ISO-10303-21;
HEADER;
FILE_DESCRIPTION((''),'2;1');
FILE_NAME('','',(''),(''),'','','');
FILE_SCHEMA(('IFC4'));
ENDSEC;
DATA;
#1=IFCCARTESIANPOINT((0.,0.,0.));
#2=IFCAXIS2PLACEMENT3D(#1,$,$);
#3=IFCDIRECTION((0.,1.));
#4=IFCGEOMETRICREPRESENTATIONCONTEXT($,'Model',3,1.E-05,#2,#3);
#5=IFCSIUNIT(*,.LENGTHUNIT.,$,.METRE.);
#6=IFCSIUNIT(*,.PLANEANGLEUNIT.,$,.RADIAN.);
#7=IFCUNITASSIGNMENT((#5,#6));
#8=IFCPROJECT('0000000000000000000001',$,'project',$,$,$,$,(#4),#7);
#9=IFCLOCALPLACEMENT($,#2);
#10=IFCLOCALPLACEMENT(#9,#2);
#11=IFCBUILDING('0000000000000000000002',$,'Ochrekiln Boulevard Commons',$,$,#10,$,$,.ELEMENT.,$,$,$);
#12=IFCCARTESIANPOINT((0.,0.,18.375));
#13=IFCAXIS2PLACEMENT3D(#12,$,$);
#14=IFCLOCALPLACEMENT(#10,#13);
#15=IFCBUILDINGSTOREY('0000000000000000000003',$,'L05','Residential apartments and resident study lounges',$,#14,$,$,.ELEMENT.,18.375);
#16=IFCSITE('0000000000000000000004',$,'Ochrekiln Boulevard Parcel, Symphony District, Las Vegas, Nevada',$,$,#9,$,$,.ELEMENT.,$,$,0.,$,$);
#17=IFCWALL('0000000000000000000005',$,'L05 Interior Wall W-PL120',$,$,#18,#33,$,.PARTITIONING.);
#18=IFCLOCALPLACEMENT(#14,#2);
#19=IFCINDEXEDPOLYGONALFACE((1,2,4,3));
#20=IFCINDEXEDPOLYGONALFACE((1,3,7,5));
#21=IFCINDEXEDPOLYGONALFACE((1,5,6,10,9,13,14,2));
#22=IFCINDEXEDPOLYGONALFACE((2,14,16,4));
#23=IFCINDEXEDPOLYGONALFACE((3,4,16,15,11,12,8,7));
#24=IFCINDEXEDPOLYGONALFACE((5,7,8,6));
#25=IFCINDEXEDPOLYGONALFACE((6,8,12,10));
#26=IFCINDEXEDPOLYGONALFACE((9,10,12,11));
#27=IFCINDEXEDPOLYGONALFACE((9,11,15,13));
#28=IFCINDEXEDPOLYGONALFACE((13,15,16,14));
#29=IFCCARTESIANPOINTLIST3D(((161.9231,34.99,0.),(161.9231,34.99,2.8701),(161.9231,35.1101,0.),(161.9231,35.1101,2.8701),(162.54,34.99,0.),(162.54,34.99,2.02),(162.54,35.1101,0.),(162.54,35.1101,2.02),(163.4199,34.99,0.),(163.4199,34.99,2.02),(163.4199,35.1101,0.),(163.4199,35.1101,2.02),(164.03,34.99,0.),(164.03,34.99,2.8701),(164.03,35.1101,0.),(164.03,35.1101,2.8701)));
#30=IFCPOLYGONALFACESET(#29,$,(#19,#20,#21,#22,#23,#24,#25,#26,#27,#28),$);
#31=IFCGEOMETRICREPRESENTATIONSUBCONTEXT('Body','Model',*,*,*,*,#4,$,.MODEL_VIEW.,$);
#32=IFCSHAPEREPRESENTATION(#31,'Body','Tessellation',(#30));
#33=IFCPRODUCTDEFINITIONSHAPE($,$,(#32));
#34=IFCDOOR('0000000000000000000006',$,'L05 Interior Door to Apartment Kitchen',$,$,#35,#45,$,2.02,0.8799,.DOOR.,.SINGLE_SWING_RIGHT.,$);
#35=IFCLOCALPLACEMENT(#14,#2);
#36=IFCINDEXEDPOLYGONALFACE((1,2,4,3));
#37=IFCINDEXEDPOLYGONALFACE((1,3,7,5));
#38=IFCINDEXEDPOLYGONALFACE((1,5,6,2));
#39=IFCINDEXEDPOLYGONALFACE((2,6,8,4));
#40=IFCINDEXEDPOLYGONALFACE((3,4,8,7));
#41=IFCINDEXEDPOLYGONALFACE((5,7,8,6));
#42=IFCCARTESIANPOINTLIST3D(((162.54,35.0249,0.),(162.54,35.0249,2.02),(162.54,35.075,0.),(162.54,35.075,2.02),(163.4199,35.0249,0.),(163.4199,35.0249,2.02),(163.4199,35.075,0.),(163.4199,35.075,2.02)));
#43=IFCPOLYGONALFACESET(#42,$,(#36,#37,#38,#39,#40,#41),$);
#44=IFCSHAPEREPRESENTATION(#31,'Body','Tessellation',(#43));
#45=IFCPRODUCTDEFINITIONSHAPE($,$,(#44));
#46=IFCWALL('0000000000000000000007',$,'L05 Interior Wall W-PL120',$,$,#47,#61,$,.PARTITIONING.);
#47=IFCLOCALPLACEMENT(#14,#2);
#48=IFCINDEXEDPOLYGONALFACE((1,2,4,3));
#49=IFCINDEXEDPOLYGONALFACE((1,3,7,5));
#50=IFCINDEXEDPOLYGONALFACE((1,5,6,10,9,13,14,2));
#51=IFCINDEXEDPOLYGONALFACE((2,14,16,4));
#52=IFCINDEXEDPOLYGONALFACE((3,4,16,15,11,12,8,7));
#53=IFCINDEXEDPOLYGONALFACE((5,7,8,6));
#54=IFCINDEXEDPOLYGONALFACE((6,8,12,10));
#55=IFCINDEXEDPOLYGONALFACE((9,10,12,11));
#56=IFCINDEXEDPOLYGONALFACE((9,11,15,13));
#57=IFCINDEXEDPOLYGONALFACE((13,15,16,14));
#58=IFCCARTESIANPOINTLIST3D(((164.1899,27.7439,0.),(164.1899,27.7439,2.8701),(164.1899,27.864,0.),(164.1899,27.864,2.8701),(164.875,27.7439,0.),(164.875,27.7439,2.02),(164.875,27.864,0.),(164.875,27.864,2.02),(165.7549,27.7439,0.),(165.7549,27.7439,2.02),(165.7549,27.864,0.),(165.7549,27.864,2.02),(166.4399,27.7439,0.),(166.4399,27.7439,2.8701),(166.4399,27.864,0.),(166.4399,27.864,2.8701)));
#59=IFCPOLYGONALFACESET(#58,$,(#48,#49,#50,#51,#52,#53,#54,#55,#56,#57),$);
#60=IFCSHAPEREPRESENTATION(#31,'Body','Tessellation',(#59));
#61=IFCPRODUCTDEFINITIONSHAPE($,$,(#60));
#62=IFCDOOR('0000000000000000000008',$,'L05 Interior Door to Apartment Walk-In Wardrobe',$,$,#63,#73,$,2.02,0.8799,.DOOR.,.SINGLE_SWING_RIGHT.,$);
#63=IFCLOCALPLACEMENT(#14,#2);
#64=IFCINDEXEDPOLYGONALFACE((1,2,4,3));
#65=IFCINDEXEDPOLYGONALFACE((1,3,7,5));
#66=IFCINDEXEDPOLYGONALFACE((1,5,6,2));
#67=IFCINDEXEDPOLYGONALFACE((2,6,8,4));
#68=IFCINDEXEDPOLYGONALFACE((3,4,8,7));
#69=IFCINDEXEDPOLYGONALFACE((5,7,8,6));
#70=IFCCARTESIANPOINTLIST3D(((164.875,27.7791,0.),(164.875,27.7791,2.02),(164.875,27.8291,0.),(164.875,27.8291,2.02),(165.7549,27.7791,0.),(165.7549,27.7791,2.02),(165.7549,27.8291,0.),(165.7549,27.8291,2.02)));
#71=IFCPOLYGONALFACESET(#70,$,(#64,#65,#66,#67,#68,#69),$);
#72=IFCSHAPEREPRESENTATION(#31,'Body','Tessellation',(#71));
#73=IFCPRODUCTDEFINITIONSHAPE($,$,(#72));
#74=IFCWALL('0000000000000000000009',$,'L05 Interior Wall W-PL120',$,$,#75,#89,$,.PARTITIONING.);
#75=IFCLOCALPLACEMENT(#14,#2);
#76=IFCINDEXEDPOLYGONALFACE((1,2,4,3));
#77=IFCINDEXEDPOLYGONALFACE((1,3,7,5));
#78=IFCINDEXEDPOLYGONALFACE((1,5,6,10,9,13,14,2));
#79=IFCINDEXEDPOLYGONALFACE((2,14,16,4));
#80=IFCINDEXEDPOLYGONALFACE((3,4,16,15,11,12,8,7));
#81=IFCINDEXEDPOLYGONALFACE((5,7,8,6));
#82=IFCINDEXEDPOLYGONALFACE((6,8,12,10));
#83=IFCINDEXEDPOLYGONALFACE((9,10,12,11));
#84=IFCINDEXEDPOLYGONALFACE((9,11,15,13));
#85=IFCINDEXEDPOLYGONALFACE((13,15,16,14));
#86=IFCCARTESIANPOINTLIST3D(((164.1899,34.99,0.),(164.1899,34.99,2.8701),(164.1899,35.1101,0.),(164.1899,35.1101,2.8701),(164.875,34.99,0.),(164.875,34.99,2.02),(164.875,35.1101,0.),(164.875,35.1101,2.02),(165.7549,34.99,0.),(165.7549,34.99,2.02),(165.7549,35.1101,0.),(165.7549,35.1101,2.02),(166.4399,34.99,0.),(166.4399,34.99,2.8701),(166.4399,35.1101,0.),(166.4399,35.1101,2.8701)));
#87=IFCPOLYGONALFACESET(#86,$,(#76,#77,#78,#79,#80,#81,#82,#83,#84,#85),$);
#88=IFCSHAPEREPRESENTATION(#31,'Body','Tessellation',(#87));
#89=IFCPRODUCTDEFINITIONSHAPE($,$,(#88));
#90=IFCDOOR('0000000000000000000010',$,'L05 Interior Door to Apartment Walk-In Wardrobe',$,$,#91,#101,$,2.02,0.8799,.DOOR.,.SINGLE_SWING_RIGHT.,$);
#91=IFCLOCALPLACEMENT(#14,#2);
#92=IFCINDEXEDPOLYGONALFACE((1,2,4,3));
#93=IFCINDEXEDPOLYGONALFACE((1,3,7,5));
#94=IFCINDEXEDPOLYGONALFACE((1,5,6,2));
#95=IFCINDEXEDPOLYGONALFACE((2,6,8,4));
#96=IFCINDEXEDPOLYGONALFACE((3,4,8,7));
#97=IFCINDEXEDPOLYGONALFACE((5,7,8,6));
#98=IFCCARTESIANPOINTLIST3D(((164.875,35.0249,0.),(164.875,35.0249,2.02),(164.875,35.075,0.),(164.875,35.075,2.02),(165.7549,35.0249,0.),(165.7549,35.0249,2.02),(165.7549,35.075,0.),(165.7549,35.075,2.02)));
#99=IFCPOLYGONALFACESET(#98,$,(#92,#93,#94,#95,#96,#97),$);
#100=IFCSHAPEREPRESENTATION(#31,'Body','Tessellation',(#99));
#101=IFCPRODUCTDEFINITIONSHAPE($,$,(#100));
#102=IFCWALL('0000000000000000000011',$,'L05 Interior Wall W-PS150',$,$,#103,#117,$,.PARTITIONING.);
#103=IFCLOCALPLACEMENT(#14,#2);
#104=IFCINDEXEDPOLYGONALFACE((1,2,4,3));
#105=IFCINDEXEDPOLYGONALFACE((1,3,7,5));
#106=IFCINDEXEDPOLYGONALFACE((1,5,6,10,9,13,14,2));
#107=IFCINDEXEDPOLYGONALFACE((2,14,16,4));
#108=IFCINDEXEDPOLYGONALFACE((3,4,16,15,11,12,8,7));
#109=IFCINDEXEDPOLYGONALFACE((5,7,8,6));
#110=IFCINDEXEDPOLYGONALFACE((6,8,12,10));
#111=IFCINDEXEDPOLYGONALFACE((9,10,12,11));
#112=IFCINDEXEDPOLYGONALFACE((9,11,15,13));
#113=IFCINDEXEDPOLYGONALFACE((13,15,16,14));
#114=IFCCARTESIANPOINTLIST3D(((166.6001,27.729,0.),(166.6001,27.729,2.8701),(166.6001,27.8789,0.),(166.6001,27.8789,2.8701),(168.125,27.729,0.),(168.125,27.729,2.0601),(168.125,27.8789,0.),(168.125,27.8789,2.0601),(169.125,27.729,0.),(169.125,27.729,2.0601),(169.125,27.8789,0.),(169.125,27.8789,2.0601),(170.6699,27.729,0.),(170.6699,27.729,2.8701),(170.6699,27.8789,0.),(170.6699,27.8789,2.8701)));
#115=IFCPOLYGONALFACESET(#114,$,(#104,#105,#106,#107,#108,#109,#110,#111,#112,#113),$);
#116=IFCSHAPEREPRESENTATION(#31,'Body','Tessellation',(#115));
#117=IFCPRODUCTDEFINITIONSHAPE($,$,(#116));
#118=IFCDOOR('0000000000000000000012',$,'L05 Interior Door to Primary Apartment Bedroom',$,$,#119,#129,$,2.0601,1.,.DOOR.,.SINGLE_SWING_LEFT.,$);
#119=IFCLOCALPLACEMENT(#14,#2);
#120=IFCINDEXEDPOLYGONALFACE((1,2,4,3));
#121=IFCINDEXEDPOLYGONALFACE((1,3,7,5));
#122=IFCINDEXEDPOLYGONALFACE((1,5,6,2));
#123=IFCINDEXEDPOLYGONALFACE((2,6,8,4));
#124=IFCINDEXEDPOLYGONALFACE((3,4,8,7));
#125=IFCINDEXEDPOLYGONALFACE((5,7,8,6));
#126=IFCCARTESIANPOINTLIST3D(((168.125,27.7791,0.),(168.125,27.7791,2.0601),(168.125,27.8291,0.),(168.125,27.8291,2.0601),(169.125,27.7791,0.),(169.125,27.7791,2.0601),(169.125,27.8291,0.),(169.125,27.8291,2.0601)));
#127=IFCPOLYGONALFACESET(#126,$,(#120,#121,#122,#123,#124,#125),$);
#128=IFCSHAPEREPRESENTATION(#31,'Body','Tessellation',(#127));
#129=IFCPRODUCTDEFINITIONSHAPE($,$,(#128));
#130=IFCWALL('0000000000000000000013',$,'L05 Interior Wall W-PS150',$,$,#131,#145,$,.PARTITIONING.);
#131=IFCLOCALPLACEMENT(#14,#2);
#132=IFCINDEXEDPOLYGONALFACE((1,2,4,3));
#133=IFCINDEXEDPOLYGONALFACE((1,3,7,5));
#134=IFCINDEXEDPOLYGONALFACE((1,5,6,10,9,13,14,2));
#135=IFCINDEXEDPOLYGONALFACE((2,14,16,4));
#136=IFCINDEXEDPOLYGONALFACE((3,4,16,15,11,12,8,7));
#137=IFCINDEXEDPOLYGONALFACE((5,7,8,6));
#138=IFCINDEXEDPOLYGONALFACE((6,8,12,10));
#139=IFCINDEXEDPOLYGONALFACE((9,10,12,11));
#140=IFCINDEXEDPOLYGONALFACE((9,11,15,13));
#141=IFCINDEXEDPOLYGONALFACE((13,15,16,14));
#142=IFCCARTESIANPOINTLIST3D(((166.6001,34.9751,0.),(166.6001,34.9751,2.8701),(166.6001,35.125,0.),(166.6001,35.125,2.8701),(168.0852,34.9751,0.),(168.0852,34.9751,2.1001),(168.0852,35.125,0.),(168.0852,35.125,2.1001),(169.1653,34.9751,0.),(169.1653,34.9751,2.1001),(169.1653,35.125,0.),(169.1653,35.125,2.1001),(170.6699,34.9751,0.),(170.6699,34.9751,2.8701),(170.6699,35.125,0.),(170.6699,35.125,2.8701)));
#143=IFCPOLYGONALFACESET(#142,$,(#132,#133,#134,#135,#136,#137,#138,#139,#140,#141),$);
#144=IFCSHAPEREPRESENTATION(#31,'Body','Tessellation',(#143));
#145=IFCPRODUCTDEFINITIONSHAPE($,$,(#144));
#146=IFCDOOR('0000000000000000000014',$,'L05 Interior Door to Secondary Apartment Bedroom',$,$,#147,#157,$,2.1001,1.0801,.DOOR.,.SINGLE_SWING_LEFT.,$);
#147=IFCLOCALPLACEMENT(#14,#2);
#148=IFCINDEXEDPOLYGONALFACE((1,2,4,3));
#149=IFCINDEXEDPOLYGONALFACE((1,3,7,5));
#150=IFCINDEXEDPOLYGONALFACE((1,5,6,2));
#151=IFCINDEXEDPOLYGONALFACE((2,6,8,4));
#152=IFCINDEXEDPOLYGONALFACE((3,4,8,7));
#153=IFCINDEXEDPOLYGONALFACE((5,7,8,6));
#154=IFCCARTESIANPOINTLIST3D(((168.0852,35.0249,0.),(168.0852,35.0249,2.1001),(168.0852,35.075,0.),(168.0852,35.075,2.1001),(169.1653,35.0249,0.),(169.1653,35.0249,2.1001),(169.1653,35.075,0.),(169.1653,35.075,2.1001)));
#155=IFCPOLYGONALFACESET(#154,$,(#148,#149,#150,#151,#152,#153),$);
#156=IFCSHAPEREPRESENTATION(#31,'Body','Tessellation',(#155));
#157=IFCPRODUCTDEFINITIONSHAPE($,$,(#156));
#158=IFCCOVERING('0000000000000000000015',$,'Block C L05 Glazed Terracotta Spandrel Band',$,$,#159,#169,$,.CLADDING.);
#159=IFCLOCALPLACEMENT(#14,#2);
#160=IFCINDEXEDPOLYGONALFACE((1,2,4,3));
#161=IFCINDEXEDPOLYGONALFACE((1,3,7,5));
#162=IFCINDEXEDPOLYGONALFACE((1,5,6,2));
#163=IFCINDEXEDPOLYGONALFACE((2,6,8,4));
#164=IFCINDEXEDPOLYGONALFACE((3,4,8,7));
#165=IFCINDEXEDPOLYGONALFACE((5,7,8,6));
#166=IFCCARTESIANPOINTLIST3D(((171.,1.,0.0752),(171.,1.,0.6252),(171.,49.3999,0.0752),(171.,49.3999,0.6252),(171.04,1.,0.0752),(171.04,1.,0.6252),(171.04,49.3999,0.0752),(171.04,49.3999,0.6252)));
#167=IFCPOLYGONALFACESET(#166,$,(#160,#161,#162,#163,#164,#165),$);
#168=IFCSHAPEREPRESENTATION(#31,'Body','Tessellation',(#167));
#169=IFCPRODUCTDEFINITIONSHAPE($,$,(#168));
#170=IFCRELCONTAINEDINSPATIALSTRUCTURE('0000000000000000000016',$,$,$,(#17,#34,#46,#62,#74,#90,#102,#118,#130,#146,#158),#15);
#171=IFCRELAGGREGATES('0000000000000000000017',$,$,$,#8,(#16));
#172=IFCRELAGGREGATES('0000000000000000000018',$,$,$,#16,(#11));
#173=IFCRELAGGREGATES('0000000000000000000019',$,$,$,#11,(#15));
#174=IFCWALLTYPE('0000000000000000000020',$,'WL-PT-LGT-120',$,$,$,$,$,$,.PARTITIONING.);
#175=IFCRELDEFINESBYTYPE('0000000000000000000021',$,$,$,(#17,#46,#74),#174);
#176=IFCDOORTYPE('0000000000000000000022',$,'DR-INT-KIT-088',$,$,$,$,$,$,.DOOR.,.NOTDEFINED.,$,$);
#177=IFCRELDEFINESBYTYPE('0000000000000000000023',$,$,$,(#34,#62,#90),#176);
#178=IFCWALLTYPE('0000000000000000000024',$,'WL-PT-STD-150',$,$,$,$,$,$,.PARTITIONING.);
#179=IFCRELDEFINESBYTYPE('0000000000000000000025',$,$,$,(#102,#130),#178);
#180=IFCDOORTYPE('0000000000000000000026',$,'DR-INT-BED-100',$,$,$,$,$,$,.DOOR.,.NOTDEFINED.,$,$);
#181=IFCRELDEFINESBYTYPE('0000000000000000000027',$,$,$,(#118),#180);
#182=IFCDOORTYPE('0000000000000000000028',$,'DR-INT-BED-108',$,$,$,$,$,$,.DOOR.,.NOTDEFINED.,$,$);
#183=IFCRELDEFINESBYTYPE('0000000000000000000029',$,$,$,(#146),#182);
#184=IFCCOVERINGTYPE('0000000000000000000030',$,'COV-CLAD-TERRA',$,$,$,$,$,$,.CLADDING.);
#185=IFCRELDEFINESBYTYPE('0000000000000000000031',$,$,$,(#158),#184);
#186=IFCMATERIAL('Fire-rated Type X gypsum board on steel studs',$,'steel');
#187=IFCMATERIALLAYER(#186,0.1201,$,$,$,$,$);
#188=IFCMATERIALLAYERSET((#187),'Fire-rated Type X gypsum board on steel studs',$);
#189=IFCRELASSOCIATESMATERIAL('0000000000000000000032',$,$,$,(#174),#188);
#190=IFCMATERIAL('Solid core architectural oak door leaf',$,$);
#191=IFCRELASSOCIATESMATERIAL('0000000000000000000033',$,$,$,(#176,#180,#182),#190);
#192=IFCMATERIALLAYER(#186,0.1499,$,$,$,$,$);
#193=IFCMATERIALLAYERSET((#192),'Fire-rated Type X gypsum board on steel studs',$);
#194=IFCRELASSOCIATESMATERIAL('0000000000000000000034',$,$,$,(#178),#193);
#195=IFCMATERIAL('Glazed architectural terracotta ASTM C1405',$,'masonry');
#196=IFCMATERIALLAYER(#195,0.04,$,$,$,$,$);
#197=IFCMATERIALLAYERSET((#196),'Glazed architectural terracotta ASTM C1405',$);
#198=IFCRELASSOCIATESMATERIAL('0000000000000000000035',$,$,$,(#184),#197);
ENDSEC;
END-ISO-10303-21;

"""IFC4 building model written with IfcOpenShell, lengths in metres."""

from ifc_helpers import new_model, si_unit, direction, frame, frame_2d, origin, origin_2d, place, context, subcontext, project, spatial, rectangle, extrude, material, layer, layer_set, type_object, element, fill, save


model = new_model("IFC4")

# Units and contexts
model_context = context("Model", 3, precision=1e-05, world=origin(), true_north=direction((0.0, 1.0)))
body_context = subcontext(model_context, "Body", "Model", "MODEL_VIEW")
ifc_project = project(units=[si_unit("LENGTHUNIT", "METRE"), si_unit("PLANEANGLEUNIT", "RADIAN")], contexts=[model_context])

# Site, building, storey
site_placement = place(None, origin())
site = spatial("IfcSite", under=ifc_project, at=site_placement, Name="Ochrekiln Boulevard Parcel, Symphony District, Las Vegas, Nevada", CompositionType="ELEMENT", RefElevation=0.0)
building_placement = place(site_placement, origin())
building = spatial("IfcBuilding", under=site, at=building_placement, Name="Ochrekiln Boulevard Commons", CompositionType="ELEMENT")
storey_placement = place(building_placement, frame((0.0, 0.0, 18.375)))
storey = spatial("IfcBuildingStorey", under=building, at=storey_placement, Name="L05", Description="Residential apartments and resident study lounges", CompositionType="ELEMENT", Elevation=18.375)

# Walls, openings, doors
ifc_material_1 = material(Name="Solid core architectural oak door leaf")
ifc_material_2 = material(Name="Fire-rated Type X gypsum board on steel studs", Category="steel")
ifc_layer_1 = layer(ifc_material_2, 0.1201)
ifc_layer_set_1 = layer_set([ifc_layer_1], Name="Fire-rated Type X gypsum board on steel studs")
wall_type_1 = type_object("IfcWallType", Name="WL-PT-LGT-120", PredefinedType="PARTITIONING", material=ifc_layer_set_1)
wall_1_placement = place(storey_placement, frame((161.9231, 35.05, 0.0), z_axis=(0.0, 0.0, 1.0), x_axis=(1.0, 0.0, 0.0)))
wall_1 = element("IfcWall", 1, at=wall_1_placement, inside=storey, type_object=wall_type_1, Name="L05 Interior Wall W-PL120", PredefinedType="PARTITIONING", context=body_context, shape_type="SweptSolid", body=[
    extrude(rectangle(XDim=2.1069, YDim=0.1201, at=frame_2d((1.0535, 0.0))), origin(), (0.0, 0.0, 1.0), 2.8701),
])
opening_1_placement = place(wall_1_placement, frame((0.6169, 0.0, 0.0)))
opening_1 = element("IfcOpeningElement", 2, at=opening_1_placement, cuts=wall_1, PredefinedType="OPENING", context=body_context, shape_type="SweptSolid", body=[
    extrude(rectangle(XDim=0.8799, YDim=2.02, at=frame_2d((0.4399, 1.01))), frame((0.0, 0.0701, 0.0), z_axis=(0.0, -1.0, 0.0), x_axis=(1.0, 0.0, 0.0)), (0.0, 0.0, 1.0), 0.1401),
])
door_type_1 = type_object("IfcDoorType", Name="DR-INT-KIT-088", OperationType="NOTDEFINED", PredefinedType="DOOR", material=ifc_material_1)
door_1_placement = place(opening_1_placement, origin())
door_1 = element("IfcDoor", 3, at=door_1_placement, inside=storey, type_object=door_type_1, Name="L05 Interior Door to Apartment Kitchen", OperationType="SINGLE_SWING_RIGHT", OverallHeight=2.02, OverallWidth=0.8799, PredefinedType="DOOR", context=body_context, shape_type="SweptSolid", body=[
    extrude(rectangle(XDim=0.8799, YDim=2.02, at=frame_2d((0.4399, 1.01))), frame((0.0, 0.0249, 0.0), z_axis=(0.0, -1.0, 0.0), x_axis=(1.0, 0.0, 0.0)), (0.0, 0.0, 1.0), 0.05),
])
fill(opening_1, door_1)
wall_2_placement = place(storey_placement, frame((164.1899, 27.804, 0.0), z_axis=(0.0, 0.0, 1.0), x_axis=(1.0, 0.0, 0.0)))
wall_2 = element("IfcWall", 4, at=wall_2_placement, inside=storey, type_object=wall_type_1, Name="L05 Interior Wall W-PL120", PredefinedType="PARTITIONING", context=body_context, shape_type="SweptSolid", body=[
    extrude(rectangle(XDim=2.25, YDim=0.1201, at=frame_2d((1.125, 0.0))), origin(), (0.0, 0.0, 1.0), 2.8701),
])
opening_2_placement = place(wall_2_placement, frame((0.6851, 0.0, 0.0)))
opening_2 = element("IfcOpeningElement", 5, at=opening_2_placement, cuts=wall_2, PredefinedType="OPENING", context=body_context, shape_type="SweptSolid", body=[
    extrude(rectangle(XDim=0.8799, YDim=2.02, at=frame_2d((0.4399, 1.01))), frame((0.0, 0.0701, 0.0), z_axis=(0.0, -1.0, 0.0), x_axis=(1.0, 0.0, 0.0)), (0.0, 0.0, 1.0), 0.1401),
])
door_2_placement = place(opening_2_placement, frame((0.8799, 0.0, 0.0), z_axis=(0.0, 0.0, 1.0), x_axis=(-1.0, 0.0, 0.0)))
door_2 = element("IfcDoor", 6, at=door_2_placement, inside=storey, type_object=door_type_1, Name="L05 Interior Door to Apartment Walk-In Wardrobe", OperationType="SINGLE_SWING_RIGHT", OverallHeight=2.02, OverallWidth=0.8799, PredefinedType="DOOR", context=body_context, shape_type="SweptSolid", body=[
    extrude(rectangle(XDim=0.8799, YDim=2.02, at=frame_2d((0.4399, 1.01))), frame((0.0, 0.0249, 0.0), z_axis=(0.0, -1.0, 0.0), x_axis=(1.0, 0.0, 0.0)), (0.0, 0.0, 1.0), 0.05),
])
fill(opening_2, door_2)
wall_3_placement = place(storey_placement, frame((164.1899, 35.05, 0.0), z_axis=(0.0, 0.0, 1.0), x_axis=(1.0, 0.0, 0.0)))
wall_3 = element("IfcWall", 7, at=wall_3_placement, inside=storey, type_object=wall_type_1, Name="L05 Interior Wall W-PL120", PredefinedType="PARTITIONING", context=body_context, shape_type="SweptSolid", body=[
    extrude(rectangle(XDim=2.25, YDim=0.1201, at=frame_2d((1.125, 0.0))), origin(), (0.0, 0.0, 1.0), 2.8701),
])
opening_3_placement = place(wall_3_placement, frame((0.6851, 0.0, 0.0)))
opening_3 = element("IfcOpeningElement", 8, at=opening_3_placement, cuts=wall_3, PredefinedType="OPENING", context=body_context, shape_type="SweptSolid", body=[
    extrude(rectangle(XDim=0.8799, YDim=2.02, at=frame_2d((0.4399, 1.01))), frame((0.0, 0.0701, 0.0), z_axis=(0.0, -1.0, 0.0), x_axis=(1.0, 0.0, 0.0)), (0.0, 0.0, 1.0), 0.1401),
])
door_3_placement = place(opening_3_placement, origin())
door_3 = element("IfcDoor", 9, at=door_3_placement, inside=storey, type_object=door_type_1, Name="L05 Interior Door to Apartment Walk-In Wardrobe", OperationType="SINGLE_SWING_RIGHT", OverallHeight=2.02, OverallWidth=0.8799, PredefinedType="DOOR", context=body_context, shape_type="SweptSolid", body=[
    extrude(rectangle(XDim=0.8799, YDim=2.02, at=frame_2d((0.4399, 1.01))), frame((0.0, 0.0249, 0.0), z_axis=(0.0, -1.0, 0.0), x_axis=(1.0, 0.0, 0.0)), (0.0, 0.0, 1.0), 0.05),
])
fill(opening_3, door_3)
ifc_layer_2 = layer(ifc_material_2, 0.1499)
ifc_layer_set_2 = layer_set([ifc_layer_2], Name="Fire-rated Type X gypsum board on steel studs")
wall_type_2 = type_object("IfcWallType", Name="WL-PT-STD-150", PredefinedType="PARTITIONING", material=ifc_layer_set_2)
wall_4_placement = place(storey_placement, frame((166.6001, 27.804, 0.0), z_axis=(0.0, 0.0, 1.0), x_axis=(1.0, 0.0, 0.0)))
wall_4 = element("IfcWall", 10, at=wall_4_placement, inside=storey, type_object=wall_type_2, Name="L05 Interior Wall W-PS150", PredefinedType="PARTITIONING", context=body_context, shape_type="SweptSolid", body=[
    extrude(rectangle(XDim=4.0698, YDim=0.1499, at=frame_2d((2.0349, 0.0))), origin(), (0.0, 0.0, 1.0), 2.8701),
])
opening_4_placement = place(wall_4_placement, frame((1.5249, 0.0, 0.0)))
opening_4 = element("IfcOpeningElement", 11, at=opening_4_placement, cuts=wall_4, PredefinedType="OPENING", context=body_context, shape_type="SweptSolid", body=[
    extrude(rectangle(XDim=1.0, YDim=2.0601, at=frame_2d((0.5, 1.03))), frame((0.0, 0.085, 0.0), z_axis=(0.0, -1.0, 0.0), x_axis=(1.0, 0.0, 0.0)), (0.0, 0.0, 1.0), 0.1699),
])
door_type_2 = type_object("IfcDoorType", Name="DR-INT-BED-100", OperationType="NOTDEFINED", PredefinedType="DOOR", material=ifc_material_1)
door_4_placement = place(opening_4_placement, frame((1.0, 0.0, 0.0), z_axis=(0.0, 0.0, 1.0), x_axis=(-1.0, 0.0, 0.0)))
door_4 = element("IfcDoor", 12, at=door_4_placement, inside=storey, type_object=door_type_2, Name="L05 Interior Door to Primary Apartment Bedroom", OperationType="SINGLE_SWING_LEFT", OverallHeight=2.0601, OverallWidth=1.0, PredefinedType="DOOR", context=body_context, shape_type="SweptSolid", body=[
    extrude(rectangle(XDim=1.0, YDim=2.0601, at=frame_2d((0.5, 1.03))), frame((0.0, 0.0249, 0.0), z_axis=(0.0, -1.0, 0.0), x_axis=(1.0, 0.0, 0.0)), (0.0, 0.0, 1.0), 0.05),
])
fill(opening_4, door_4)
wall_5_placement = place(storey_placement, frame((166.6001, 35.05, 0.0), z_axis=(0.0, 0.0, 1.0), x_axis=(1.0, 0.0, 0.0)))
wall_5 = element("IfcWall", 13, at=wall_5_placement, inside=storey, type_object=wall_type_2, Name="L05 Interior Wall W-PS150", PredefinedType="PARTITIONING", context=body_context, shape_type="SweptSolid", body=[
    extrude(rectangle(XDim=4.0698, YDim=0.1499, at=frame_2d((2.0349, 0.0))), origin(), (0.0, 0.0, 1.0), 2.8701),
])
opening_5_placement = place(wall_5_placement, frame((1.4851, 0.0, 0.0)))
opening_5 = element("IfcOpeningElement", 14, at=opening_5_placement, cuts=wall_5, PredefinedType="OPENING", context=body_context, shape_type="SweptSolid", body=[
    extrude(rectangle(XDim=1.0801, YDim=2.1001, at=frame_2d((0.54, 1.05))), frame((0.0, 0.085, 0.0), z_axis=(0.0, -1.0, 0.0), x_axis=(1.0, 0.0, 0.0)), (0.0, 0.0, 1.0), 0.1699),
])
door_type_3 = type_object("IfcDoorType", Name="DR-INT-BED-108", OperationType="NOTDEFINED", PredefinedType="DOOR", material=ifc_material_1)
door_5_placement = place(opening_5_placement, origin())
door_5 = element("IfcDoor", 15, at=door_5_placement, inside=storey, type_object=door_type_3, Name="L05 Interior Door to Secondary Apartment Bedroom", OperationType="SINGLE_SWING_LEFT", OverallHeight=2.1001, OverallWidth=1.0801, PredefinedType="DOOR", context=body_context, shape_type="SweptSolid", body=[
    extrude(rectangle(XDim=1.0801, YDim=2.1001, at=frame_2d((0.54, 1.05))), frame((0.0, 0.0249, 0.0), z_axis=(0.0, -1.0, 0.0), x_axis=(1.0, 0.0, 0.0)), (0.0, 0.0, 1.0), 0.05),
])
fill(opening_5, door_5)

# Covering
ifc_material_3 = material(Name="Glazed architectural terracotta ASTM C1405", Category="masonry")
ifc_layer_3 = layer(ifc_material_3, 0.04)
ifc_layer_set_3 = layer_set([ifc_layer_3], Name="Glazed architectural terracotta ASTM C1405")
covering_type = type_object("IfcCoveringType", Name="COV-CLAD-TERRA", PredefinedType="CLADDING", material=ifc_layer_set_3)
covering_placement = place(storey_placement, frame((171.02, 25.2, 0.0752), z_axis=(0.0, 0.0, 1.0), x_axis=(1.0, 0.0, 0.0)))
element("IfcCovering", 16, at=covering_placement, inside=storey, type_object=covering_type, Name="Block C L05 Glazed Terracotta Spandrel Band", PredefinedType="CLADDING", context=body_context, shape_type="SweptSolid", body=[
    extrude(rectangle(XDim=0.04, YDim=48.3999, at=origin_2d()), origin(), (0.0, 0.0, 1.0), 0.55),
])

save(model, "model.ifc")
